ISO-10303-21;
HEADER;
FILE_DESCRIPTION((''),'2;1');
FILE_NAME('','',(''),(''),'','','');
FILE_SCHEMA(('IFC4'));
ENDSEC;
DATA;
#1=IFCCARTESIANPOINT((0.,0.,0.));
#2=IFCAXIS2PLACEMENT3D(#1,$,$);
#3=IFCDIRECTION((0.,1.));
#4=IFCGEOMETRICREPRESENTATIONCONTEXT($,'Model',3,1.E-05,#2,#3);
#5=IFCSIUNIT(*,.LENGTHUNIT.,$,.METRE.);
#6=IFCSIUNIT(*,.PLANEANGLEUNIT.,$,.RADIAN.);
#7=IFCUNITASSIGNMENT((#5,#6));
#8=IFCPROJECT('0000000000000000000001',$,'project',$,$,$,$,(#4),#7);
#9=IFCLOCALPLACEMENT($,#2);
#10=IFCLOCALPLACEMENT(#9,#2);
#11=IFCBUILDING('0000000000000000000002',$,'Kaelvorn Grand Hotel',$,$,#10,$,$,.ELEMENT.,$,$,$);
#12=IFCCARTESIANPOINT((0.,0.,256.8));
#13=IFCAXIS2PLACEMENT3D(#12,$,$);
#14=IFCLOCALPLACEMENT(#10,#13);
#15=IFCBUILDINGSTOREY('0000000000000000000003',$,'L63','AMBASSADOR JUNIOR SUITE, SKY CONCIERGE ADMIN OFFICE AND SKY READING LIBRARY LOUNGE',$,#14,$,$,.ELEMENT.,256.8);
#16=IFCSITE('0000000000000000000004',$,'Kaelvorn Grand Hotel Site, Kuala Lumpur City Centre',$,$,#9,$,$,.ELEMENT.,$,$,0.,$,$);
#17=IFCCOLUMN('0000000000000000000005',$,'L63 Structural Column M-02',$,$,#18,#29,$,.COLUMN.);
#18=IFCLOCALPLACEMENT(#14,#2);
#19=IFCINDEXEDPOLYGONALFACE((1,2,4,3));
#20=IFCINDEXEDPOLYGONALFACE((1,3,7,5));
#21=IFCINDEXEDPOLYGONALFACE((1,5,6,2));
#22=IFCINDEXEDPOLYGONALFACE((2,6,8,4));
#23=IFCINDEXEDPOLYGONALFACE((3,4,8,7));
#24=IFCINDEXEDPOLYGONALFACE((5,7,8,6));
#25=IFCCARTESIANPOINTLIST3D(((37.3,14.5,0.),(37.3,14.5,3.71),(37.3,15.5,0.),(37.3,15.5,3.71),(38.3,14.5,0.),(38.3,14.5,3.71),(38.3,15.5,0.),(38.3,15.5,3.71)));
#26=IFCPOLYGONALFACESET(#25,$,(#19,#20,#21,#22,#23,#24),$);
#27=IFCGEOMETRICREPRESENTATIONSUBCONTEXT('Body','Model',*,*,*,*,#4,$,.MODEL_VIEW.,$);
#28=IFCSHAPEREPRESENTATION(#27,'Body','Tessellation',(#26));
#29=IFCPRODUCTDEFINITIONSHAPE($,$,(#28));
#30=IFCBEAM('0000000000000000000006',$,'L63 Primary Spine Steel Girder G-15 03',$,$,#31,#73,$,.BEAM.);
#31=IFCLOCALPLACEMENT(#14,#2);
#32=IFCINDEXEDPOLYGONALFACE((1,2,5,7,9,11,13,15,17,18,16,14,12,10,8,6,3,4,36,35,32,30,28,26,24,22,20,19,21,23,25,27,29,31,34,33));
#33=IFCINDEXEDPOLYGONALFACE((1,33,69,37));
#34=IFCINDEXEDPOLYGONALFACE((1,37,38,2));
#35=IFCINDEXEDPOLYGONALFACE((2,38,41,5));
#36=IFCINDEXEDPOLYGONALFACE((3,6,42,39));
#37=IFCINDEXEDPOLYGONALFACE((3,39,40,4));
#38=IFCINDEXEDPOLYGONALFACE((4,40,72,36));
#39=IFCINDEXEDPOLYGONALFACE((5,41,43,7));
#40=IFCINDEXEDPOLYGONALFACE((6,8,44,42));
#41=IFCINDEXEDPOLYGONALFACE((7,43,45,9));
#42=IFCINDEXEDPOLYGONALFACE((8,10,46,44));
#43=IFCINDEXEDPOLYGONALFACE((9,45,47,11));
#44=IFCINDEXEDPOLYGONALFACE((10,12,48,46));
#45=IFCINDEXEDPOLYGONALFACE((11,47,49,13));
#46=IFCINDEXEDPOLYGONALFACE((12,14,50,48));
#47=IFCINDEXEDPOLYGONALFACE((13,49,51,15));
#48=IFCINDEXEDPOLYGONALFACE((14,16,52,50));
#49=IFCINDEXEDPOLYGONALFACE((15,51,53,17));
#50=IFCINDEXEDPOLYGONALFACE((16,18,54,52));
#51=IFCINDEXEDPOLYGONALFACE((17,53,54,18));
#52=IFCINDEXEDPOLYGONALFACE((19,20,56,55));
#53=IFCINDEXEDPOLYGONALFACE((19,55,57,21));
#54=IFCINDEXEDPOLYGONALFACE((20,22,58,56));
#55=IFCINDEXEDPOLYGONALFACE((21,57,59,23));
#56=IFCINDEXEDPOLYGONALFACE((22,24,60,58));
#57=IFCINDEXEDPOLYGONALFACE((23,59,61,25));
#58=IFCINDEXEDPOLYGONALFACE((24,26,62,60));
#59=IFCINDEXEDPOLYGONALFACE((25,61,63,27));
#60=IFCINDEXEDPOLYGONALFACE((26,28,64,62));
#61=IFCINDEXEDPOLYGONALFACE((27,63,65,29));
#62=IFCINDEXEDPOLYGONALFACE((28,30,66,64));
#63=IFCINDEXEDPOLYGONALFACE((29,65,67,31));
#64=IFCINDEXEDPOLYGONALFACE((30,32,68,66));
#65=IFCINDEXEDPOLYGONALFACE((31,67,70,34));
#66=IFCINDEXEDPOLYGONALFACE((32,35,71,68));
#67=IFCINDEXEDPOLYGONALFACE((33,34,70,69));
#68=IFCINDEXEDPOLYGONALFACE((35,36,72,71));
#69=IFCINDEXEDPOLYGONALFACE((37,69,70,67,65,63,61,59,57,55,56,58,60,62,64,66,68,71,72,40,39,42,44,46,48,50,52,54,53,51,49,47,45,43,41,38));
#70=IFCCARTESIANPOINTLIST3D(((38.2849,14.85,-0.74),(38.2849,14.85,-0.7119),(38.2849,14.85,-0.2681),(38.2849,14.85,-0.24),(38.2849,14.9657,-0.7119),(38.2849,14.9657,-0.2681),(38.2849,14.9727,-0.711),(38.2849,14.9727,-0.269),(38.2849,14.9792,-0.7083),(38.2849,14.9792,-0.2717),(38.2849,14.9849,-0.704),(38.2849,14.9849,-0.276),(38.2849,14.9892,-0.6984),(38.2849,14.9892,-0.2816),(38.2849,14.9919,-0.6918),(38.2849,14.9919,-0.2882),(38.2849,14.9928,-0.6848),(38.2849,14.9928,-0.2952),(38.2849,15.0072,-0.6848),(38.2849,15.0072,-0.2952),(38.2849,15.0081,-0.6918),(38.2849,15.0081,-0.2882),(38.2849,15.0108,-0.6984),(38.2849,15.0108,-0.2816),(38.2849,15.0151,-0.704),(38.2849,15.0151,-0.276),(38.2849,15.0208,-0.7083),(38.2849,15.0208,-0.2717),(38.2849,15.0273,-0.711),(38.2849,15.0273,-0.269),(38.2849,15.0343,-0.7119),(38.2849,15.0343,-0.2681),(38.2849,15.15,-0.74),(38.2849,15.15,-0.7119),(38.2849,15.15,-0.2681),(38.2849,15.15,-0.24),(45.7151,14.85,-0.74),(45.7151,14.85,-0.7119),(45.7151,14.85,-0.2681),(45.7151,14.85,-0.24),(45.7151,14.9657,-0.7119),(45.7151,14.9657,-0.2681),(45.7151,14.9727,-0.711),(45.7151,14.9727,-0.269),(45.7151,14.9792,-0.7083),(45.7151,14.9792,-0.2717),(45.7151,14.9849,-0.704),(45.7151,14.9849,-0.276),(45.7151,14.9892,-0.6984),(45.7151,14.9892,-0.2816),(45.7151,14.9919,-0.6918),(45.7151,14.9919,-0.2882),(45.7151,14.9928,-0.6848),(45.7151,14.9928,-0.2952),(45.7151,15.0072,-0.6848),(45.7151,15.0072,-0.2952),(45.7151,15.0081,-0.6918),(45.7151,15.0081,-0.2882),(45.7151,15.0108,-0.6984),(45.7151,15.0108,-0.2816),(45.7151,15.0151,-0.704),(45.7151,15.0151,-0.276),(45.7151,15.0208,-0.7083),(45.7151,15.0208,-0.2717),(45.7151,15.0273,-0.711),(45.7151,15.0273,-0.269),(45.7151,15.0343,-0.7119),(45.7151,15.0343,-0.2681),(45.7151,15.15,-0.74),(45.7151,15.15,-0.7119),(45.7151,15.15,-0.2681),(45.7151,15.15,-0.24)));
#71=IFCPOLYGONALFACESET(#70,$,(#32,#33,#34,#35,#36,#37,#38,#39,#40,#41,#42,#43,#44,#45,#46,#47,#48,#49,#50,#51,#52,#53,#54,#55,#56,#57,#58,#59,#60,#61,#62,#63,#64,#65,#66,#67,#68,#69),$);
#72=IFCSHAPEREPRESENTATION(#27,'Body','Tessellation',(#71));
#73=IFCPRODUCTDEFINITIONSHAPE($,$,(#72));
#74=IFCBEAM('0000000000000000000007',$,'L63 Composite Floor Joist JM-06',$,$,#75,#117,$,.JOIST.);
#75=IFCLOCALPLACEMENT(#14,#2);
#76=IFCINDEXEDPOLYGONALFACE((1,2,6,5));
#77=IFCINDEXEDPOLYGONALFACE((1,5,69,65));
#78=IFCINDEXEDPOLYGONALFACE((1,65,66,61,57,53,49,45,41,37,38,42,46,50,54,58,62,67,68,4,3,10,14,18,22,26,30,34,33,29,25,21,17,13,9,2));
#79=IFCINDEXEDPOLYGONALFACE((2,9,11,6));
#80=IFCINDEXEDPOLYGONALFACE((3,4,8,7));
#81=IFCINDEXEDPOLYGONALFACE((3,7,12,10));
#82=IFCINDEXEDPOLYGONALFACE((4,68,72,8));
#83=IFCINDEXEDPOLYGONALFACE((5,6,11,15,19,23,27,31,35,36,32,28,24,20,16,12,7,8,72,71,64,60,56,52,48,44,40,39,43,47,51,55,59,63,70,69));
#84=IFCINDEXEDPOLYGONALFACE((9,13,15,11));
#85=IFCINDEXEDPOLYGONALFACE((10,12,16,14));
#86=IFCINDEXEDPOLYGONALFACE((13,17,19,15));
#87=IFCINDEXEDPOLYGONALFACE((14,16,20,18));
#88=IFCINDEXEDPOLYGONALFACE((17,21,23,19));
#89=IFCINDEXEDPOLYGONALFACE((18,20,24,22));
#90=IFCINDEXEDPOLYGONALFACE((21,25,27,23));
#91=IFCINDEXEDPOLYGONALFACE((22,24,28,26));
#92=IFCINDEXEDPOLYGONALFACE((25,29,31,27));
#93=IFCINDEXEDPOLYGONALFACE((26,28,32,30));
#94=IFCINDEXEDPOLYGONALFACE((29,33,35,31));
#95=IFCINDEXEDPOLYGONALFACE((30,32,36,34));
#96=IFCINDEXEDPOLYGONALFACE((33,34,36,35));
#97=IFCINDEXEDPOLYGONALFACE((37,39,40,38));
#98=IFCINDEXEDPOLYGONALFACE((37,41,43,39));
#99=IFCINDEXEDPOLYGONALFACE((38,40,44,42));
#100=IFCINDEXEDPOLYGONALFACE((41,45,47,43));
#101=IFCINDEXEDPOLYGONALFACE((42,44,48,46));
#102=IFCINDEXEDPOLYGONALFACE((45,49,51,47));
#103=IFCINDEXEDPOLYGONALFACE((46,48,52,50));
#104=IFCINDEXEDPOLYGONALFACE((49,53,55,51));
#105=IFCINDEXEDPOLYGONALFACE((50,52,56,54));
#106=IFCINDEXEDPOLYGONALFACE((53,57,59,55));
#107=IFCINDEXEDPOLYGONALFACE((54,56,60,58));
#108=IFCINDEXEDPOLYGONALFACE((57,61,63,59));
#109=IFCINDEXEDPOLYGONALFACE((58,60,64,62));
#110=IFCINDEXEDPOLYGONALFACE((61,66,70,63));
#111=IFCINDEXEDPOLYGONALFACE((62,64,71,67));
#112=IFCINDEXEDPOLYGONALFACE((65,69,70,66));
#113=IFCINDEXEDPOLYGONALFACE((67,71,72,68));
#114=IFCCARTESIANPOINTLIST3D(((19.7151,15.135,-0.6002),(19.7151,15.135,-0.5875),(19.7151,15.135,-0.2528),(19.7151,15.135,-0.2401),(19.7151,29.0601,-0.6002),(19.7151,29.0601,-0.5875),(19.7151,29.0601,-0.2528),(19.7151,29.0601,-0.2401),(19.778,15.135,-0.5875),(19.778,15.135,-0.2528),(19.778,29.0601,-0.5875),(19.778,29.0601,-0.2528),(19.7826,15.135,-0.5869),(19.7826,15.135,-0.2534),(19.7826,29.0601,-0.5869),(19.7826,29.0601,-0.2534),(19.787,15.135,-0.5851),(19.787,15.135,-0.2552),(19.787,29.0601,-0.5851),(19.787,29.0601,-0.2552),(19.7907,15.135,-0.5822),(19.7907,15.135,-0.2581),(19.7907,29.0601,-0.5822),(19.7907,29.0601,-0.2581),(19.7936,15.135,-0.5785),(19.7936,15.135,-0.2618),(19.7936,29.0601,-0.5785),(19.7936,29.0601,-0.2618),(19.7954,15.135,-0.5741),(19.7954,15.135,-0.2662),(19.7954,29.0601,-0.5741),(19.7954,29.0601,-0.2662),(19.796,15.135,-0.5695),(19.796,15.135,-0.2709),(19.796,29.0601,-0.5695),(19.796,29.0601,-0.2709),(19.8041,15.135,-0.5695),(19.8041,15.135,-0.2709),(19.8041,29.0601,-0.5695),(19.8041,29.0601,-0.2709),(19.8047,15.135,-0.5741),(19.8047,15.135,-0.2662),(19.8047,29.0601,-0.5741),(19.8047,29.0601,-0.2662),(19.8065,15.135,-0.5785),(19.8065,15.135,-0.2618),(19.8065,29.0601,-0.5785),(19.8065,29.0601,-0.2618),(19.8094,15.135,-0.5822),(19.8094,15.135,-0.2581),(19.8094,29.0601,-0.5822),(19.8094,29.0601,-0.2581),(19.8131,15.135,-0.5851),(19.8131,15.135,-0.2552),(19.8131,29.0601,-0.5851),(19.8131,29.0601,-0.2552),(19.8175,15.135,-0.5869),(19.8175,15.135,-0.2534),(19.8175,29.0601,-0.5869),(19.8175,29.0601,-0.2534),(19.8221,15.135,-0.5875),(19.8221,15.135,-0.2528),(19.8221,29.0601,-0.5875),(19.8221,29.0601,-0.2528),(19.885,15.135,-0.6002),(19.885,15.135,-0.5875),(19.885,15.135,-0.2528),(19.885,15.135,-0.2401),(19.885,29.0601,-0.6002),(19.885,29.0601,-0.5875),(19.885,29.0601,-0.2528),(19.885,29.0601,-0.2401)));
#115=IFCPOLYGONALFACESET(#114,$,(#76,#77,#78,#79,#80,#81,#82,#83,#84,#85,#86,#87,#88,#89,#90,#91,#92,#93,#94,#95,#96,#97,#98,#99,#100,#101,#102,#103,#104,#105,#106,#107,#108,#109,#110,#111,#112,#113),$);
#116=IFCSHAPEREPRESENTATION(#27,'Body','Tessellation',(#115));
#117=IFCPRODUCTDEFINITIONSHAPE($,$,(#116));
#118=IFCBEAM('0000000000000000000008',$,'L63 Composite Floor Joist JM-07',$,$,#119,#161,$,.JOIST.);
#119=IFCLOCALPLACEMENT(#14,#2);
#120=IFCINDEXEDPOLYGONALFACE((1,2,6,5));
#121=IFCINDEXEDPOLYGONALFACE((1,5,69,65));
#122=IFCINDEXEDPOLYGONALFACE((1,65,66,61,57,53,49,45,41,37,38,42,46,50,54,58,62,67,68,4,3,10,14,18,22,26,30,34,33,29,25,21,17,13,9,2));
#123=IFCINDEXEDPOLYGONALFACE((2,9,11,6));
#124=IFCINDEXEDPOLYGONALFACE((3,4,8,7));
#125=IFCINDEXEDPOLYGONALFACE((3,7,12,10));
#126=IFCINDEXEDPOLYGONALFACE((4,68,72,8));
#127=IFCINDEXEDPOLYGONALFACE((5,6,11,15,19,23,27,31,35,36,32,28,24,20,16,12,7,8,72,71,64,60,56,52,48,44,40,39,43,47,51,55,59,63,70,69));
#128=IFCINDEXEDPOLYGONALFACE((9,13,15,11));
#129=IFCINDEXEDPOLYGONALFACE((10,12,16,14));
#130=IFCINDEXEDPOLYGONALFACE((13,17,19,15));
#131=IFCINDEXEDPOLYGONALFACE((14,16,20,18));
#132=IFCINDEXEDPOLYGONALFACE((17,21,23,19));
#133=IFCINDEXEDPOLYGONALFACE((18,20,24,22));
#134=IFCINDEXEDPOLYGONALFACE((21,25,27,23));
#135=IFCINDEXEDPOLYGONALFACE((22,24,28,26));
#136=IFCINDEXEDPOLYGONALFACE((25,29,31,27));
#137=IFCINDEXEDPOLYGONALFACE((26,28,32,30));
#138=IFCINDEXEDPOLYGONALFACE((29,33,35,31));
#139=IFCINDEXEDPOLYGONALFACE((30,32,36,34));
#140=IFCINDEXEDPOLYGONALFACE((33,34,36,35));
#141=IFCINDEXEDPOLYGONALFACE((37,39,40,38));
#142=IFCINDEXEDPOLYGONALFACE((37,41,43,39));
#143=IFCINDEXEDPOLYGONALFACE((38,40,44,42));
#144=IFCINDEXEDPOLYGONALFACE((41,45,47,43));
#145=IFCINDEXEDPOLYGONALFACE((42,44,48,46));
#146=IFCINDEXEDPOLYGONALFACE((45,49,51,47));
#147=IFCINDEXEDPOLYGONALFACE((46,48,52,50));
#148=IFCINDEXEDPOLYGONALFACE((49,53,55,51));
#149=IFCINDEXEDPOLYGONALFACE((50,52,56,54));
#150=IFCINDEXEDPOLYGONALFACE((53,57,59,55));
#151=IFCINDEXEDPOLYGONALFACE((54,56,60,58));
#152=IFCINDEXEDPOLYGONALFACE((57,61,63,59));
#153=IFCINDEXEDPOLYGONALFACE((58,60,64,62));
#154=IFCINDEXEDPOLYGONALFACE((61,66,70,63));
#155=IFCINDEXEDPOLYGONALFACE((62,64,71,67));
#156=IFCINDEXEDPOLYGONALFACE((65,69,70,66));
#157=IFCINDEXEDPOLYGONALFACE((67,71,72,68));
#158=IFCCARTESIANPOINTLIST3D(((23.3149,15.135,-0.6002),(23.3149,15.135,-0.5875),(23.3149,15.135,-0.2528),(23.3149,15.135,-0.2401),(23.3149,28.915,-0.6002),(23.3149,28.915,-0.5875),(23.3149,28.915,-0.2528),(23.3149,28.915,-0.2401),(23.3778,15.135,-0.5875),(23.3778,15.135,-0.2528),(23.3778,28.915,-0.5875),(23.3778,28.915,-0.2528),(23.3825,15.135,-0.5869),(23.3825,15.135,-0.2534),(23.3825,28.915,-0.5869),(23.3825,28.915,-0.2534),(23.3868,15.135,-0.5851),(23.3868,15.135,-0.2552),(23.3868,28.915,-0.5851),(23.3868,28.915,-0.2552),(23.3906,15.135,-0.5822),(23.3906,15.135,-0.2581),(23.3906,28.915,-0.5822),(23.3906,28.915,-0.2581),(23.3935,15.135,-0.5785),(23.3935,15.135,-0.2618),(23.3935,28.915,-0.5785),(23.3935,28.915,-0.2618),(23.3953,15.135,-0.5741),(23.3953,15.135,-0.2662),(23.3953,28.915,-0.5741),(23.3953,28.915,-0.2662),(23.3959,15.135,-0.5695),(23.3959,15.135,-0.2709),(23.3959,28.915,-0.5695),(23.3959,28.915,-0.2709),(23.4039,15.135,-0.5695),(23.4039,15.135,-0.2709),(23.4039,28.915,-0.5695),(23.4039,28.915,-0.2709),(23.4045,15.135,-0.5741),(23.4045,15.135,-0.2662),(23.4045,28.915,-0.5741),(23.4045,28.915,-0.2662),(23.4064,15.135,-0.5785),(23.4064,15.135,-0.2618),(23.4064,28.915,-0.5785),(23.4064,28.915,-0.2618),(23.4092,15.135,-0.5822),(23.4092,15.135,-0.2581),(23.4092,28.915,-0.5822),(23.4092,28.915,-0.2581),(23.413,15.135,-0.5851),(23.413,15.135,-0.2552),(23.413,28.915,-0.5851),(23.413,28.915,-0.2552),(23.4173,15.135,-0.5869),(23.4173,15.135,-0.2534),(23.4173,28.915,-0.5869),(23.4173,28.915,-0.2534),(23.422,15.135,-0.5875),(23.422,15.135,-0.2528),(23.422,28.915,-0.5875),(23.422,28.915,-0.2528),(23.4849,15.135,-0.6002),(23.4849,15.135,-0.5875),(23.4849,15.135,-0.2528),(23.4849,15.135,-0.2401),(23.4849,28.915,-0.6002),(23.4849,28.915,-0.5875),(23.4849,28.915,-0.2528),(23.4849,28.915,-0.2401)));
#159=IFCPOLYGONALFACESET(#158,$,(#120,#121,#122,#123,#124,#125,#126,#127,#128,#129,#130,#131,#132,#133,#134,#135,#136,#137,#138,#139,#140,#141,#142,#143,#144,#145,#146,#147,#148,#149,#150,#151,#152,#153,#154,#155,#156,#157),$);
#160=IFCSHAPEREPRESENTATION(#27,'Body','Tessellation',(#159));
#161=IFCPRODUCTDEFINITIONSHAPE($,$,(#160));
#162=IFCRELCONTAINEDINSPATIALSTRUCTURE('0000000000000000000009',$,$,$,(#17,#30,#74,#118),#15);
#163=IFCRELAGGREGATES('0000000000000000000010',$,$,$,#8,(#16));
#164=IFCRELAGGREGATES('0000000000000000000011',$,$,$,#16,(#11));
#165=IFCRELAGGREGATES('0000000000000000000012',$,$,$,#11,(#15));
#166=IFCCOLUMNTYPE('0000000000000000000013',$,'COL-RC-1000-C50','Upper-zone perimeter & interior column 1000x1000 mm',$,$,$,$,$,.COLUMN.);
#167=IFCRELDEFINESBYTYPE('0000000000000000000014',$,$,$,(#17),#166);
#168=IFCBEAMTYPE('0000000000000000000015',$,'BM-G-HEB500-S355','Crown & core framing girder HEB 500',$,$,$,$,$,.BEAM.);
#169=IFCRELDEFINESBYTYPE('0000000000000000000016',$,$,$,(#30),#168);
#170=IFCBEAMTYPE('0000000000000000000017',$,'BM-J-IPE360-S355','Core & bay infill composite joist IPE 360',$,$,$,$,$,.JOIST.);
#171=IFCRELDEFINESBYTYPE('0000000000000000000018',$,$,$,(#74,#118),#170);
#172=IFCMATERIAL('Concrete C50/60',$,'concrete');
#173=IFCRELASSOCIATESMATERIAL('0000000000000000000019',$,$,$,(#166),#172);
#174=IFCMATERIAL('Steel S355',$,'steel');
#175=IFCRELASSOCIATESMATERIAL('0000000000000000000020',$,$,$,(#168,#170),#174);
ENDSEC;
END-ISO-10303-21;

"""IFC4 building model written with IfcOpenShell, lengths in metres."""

from ifc_helpers import new_model, si_unit, direction, frame, origin, origin_2d, place, context, subcontext, project, spatial, rectangle, i_section, extrude, material, material_profile, profile_set, type_object, element, save


model = new_model("IFC4")

# Units and contexts
model_context = context("Model", 3, precision=1e-05, world=origin(), true_north=direction((0.0, 1.0)))
body_context = subcontext(model_context, "Body", "Model", "MODEL_VIEW")
ifc_project = project(units=[si_unit("LENGTHUNIT", "METRE"), si_unit("PLANEANGLEUNIT", "RADIAN")], contexts=[model_context])

# Site, building, storey
site_placement = place(None, origin())
site = spatial("IfcSite", under=ifc_project, at=site_placement, Name="Kaelvorn Grand Hotel Site, Kuala Lumpur City Centre", CompositionType="ELEMENT", RefElevation=0.0)
building_placement = place(site_placement, origin())
building = spatial("IfcBuilding", under=site, at=building_placement, Name="Kaelvorn Grand Hotel", CompositionType="ELEMENT")
storey_placement = place(building_placement, frame((0.0, 0.0, 256.8)))
storey = spatial("IfcBuildingStorey", under=building, at=storey_placement, Name="L63", Description="AMBASSADOR JUNIOR SUITE, SKY CONCIERGE ADMIN OFFICE AND SKY READING LIBRARY LOUNGE", CompositionType="ELEMENT", Elevation=256.8)

# Column
ifc_material_1 = material(Name="Concrete C50/60", Category="concrete")
ifc_material_profile_1 = material_profile(ifc_material_1, rectangle(XDim=1.0, YDim=1.0, at=origin_2d()), Name="RC COL 1000x1000")
ifc_profile_set_1 = profile_set([ifc_material_profile_1], Name="Concrete C50/60")
column_type = type_object("IfcColumnType", Name="COL-RC-1000-C50", Description="Upper-zone perimeter & interior column 1000x1000 mm", PredefinedType="COLUMN", material=ifc_profile_set_1)
column_placement = place(storey_placement, frame((37.8, 15.0, 0.0), z_axis=(0.0, 0.0, 1.0), x_axis=(1.0, 0.0, 0.0)))
element("IfcColumn", 1, at=column_placement, inside=storey, type_object=column_type, Name="L63 Structural Column M-02", PredefinedType="COLUMN", context=body_context, shape_type="SweptSolid", body=[
    extrude(rectangle(XDim=1.0, YDim=1.0, at=origin_2d()), origin(), (0.0, 0.0, 1.0), 3.71),
])

# Beams
ifc_material_2 = material(Name="Steel S355", Category="steel")
ifc_material_profile_2 = material_profile(ifc_material_2, i_section(OverallWidth=0.3, OverallDepth=0.5, WebThickness=0.0144, FlangeThickness=0.0281, FilletRadius=0.0271, at=origin_2d()), Name="HEB 500")
ifc_profile_set_2 = profile_set([ifc_material_profile_2], Name="Steel S355")
beam_type_1 = type_object("IfcBeamType", Name="BM-G-HEB500-S355", Description="Crown & core framing girder HEB 500", PredefinedType="BEAM", material=ifc_profile_set_2)
beam_1_placement = place(storey_placement, frame((38.2849, 15.0, -0.49), z_axis=(1.0, 0.0, 0.0), x_axis=(0.0, 1.0, 0.0)))
element("IfcBeam", 2, at=beam_1_placement, inside=storey, type_object=beam_type_1, Name="L63 Primary Spine Steel Girder G-15 03", PredefinedType="BEAM", context=body_context, shape_type="SweptSolid", body=[
    extrude(i_section(OverallWidth=0.3, OverallDepth=0.5, WebThickness=0.0144, FlangeThickness=0.0281, FilletRadius=0.0271, at=origin_2d()), origin(), (0.0, 0.0, 1.0), 7.4302),
])
ifc_material_profile_3 = material_profile(ifc_material_2, i_section(OverallWidth=0.1699, OverallDepth=0.3601, WebThickness=0.0081, FlangeThickness=0.0127, FilletRadius=0.0181, at=origin_2d()), Name="IPE 360")
ifc_profile_set_3 = profile_set([ifc_material_profile_3], Name="Steel S355")
beam_type_2 = type_object("IfcBeamType", Name="BM-J-IPE360-S355", Description="Core & bay infill composite joist IPE 360", PredefinedType="JOIST", material=ifc_profile_set_3)
beam_2_placement = place(storey_placement, frame((19.8, 15.135, -0.4202), z_axis=(0.0, 1.0, 0.0), x_axis=(-1.0, 0.0, 0.0)))
element("IfcBeam", 3, at=beam_2_placement, inside=storey, type_object=beam_type_2, Name="L63 Composite Floor Joist JM-06", PredefinedType="JOIST", context=body_context, shape_type="SweptSolid", body=[
    extrude(i_section(OverallWidth=0.1699, OverallDepth=0.3601, WebThickness=0.0081, FlangeThickness=0.0127, FilletRadius=0.0181, at=origin_2d()), origin(), (0.0, 0.0, 1.0), 13.925),
])
beam_3_placement = place(storey_placement, frame((23.3999, 15.135, -0.4202), z_axis=(0.0, 1.0, 0.0), x_axis=(-1.0, 0.0, 0.0)))
element("IfcBeam", 4, at=beam_3_placement, inside=storey, type_object=beam_type_2, Name="L63 Composite Floor Joist JM-07", PredefinedType="JOIST", context=body_context, shape_type="SweptSolid", body=[
    extrude(i_section(OverallWidth=0.1699, OverallDepth=0.3601, WebThickness=0.0081, FlangeThickness=0.0127, FilletRadius=0.0181, at=origin_2d()), origin(), (0.0, 0.0, 1.0), 13.78),
])

save(model, "model.ifc")
